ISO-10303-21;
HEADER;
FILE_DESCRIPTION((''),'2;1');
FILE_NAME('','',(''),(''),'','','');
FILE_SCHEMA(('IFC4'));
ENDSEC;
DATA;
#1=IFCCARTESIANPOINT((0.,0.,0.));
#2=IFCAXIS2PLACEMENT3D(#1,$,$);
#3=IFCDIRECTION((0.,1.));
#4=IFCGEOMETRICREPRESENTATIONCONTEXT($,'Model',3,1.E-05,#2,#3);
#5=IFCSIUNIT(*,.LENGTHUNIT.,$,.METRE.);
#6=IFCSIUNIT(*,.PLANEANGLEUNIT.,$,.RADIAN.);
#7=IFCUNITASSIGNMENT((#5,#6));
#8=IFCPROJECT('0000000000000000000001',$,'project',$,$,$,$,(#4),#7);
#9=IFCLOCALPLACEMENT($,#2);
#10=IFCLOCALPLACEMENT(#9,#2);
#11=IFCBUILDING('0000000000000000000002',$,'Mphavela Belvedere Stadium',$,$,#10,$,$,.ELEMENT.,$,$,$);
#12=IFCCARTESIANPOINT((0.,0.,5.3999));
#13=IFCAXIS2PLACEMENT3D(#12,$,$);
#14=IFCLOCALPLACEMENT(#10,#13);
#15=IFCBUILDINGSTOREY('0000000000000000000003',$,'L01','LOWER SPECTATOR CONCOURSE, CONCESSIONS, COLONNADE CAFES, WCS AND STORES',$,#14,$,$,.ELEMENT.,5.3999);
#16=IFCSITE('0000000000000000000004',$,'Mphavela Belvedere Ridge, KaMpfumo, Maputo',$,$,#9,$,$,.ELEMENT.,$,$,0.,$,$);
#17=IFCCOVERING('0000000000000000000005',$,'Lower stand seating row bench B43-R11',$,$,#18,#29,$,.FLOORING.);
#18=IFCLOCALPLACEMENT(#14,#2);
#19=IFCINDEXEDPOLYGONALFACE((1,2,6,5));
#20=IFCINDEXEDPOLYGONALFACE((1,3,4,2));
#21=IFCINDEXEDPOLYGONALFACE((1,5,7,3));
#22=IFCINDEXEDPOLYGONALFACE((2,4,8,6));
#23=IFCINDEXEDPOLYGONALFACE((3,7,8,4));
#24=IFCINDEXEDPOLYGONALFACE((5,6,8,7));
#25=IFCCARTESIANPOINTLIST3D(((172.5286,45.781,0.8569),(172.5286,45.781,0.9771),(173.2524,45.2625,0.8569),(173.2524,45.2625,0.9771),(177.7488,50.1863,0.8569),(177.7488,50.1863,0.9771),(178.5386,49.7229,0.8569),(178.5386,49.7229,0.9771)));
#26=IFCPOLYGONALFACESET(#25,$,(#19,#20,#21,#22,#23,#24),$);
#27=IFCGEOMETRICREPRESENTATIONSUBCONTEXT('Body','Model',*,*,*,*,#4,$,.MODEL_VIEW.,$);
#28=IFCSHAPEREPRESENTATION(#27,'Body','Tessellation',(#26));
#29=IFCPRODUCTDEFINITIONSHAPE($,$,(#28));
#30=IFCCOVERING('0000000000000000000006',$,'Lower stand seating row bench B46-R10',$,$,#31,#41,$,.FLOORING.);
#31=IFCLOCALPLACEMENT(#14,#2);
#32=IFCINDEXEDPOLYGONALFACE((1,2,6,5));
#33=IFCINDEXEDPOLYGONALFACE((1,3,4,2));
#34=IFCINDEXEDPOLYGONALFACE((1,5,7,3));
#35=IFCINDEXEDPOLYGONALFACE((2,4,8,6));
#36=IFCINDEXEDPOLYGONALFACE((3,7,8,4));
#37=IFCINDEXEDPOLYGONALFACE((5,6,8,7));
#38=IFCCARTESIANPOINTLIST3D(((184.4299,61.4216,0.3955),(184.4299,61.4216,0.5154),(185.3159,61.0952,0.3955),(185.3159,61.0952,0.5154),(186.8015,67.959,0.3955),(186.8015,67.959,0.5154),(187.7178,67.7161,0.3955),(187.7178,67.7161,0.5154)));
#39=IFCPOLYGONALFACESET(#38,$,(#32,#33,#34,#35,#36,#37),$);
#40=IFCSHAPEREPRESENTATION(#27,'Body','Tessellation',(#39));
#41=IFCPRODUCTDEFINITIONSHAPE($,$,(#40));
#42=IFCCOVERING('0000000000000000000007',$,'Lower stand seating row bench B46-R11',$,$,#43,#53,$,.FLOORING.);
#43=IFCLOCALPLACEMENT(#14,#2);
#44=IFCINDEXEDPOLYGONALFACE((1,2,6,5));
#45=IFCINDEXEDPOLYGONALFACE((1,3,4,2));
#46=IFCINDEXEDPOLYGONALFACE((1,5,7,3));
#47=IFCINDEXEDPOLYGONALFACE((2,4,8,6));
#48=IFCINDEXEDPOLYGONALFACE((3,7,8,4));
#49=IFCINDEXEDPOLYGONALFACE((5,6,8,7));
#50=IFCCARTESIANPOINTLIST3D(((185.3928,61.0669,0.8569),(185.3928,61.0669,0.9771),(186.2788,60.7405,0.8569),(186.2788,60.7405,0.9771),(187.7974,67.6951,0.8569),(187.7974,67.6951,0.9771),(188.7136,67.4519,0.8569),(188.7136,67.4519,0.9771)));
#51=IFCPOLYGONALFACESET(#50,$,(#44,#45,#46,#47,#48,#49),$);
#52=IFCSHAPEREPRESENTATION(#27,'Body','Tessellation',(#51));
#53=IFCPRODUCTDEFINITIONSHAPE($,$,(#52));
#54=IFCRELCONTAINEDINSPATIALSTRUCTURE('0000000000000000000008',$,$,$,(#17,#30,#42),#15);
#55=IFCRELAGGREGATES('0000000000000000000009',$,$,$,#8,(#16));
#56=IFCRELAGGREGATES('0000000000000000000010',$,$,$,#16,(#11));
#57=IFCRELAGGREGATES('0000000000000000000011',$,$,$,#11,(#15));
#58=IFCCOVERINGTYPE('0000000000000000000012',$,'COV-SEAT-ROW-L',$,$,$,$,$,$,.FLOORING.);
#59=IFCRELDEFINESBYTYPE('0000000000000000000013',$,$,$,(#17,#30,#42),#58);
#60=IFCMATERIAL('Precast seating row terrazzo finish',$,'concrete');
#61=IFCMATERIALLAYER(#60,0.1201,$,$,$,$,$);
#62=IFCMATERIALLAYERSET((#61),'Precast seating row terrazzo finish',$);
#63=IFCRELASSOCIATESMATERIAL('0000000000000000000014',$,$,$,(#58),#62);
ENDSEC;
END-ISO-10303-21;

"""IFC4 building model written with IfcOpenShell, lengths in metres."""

from ifc_helpers import new_model, si_unit, direction, frame, origin, place, context, subcontext, project, spatial, polyline, outline, extrude, material, layer, layer_set, type_object, element, save


model = new_model("IFC4")

# Units and contexts
model_context = context("Model", 3, precision=1e-05, world=origin(), true_north=direction((0.0, 1.0)))
body_context = subcontext(model_context, "Body", "Model", "MODEL_VIEW")
ifc_project = project(units=[si_unit("LENGTHUNIT", "METRE"), si_unit("PLANEANGLEUNIT", "RADIAN")], contexts=[model_context])

# Site, building, storey
site_placement = place(None, origin())
site = spatial("IfcSite", under=ifc_project, at=site_placement, Name="Mphavela Belvedere Ridge, KaMpfumo, Maputo", CompositionType="ELEMENT", RefElevation=0.0)
building_placement = place(site_placement, origin())
building = spatial("IfcBuilding", under=site, at=building_placement, Name="Mphavela Belvedere Stadium", CompositionType="ELEMENT")
storey_placement = place(building_placement, frame((0.0, 0.0, 5.3999)))
storey = spatial("IfcBuildingStorey", under=building, at=storey_placement, Name="L01", Description="LOWER SPECTATOR CONCOURSE, CONCESSIONS, COLONNADE CAFES, WCS AND STORES", CompositionType="ELEMENT", Elevation=5.3999)

# Coverings
ifc_material = material(Name="Precast seating row terrazzo finish", Category="concrete")
ifc_layer = layer(ifc_material, 0.1201)
ifc_layer_set = layer_set([ifc_layer], Name="Precast seating row terrazzo finish")
covering_type = type_object("IfcCoveringType", Name="COV-SEAT-ROW-L", PredefinedType="FLOORING", material=ifc_layer_set)
covering_1_placement = place(storey_placement, frame((0.0, 0.0, 0.8569)))
element("IfcCovering", 1, at=covering_1_placement, inside=storey, type_object=covering_type, Name="Lower stand seating row bench B43-R11", PredefinedType="FLOORING", context=body_context, shape_type="SweptSolid", body=[
    extrude(outline(polyline([(172.5286, 45.781), (177.7488, 50.1863), (178.5386, 49.7229), (173.2524, 45.2625), (172.5286, 45.781)])), origin(), (0.0, 0.0, 1.0), 0.1201),
])
covering_2_placement = place(storey_placement, frame((0.0, 0.0, 0.3955)))
element("IfcCovering", 2, at=covering_2_placement, inside=storey, type_object=covering_type, Name="Lower stand seating row bench B46-R10", PredefinedType="FLOORING", context=body_context, shape_type="SweptSolid", body=[
    extrude(outline(polyline([(184.4299, 61.4216), (186.8015, 67.959), (187.7178, 67.7161), (185.3159, 61.0952), (184.4299, 61.4216)])), origin(), (0.0, 0.0, 1.0), 0.1199),
])
covering_3_placement = place(storey_placement, frame((0.0, 0.0, 0.8569)))
element("IfcCovering", 3, at=covering_3_placement, inside=storey, type_object=covering_type, Name="Lower stand seating row bench B46-R11", PredefinedType="FLOORING", context=body_context, shape_type="SweptSolid", body=[
    extrude(outline(polyline([(185.3928, 61.0669), (187.7974, 67.6951), (188.7136, 67.4519), (186.2788, 60.7405), (185.3928, 61.0669)])), origin(), (0.0, 0.0, 1.0), 0.1201),
])

save(model, "model.ifc")
